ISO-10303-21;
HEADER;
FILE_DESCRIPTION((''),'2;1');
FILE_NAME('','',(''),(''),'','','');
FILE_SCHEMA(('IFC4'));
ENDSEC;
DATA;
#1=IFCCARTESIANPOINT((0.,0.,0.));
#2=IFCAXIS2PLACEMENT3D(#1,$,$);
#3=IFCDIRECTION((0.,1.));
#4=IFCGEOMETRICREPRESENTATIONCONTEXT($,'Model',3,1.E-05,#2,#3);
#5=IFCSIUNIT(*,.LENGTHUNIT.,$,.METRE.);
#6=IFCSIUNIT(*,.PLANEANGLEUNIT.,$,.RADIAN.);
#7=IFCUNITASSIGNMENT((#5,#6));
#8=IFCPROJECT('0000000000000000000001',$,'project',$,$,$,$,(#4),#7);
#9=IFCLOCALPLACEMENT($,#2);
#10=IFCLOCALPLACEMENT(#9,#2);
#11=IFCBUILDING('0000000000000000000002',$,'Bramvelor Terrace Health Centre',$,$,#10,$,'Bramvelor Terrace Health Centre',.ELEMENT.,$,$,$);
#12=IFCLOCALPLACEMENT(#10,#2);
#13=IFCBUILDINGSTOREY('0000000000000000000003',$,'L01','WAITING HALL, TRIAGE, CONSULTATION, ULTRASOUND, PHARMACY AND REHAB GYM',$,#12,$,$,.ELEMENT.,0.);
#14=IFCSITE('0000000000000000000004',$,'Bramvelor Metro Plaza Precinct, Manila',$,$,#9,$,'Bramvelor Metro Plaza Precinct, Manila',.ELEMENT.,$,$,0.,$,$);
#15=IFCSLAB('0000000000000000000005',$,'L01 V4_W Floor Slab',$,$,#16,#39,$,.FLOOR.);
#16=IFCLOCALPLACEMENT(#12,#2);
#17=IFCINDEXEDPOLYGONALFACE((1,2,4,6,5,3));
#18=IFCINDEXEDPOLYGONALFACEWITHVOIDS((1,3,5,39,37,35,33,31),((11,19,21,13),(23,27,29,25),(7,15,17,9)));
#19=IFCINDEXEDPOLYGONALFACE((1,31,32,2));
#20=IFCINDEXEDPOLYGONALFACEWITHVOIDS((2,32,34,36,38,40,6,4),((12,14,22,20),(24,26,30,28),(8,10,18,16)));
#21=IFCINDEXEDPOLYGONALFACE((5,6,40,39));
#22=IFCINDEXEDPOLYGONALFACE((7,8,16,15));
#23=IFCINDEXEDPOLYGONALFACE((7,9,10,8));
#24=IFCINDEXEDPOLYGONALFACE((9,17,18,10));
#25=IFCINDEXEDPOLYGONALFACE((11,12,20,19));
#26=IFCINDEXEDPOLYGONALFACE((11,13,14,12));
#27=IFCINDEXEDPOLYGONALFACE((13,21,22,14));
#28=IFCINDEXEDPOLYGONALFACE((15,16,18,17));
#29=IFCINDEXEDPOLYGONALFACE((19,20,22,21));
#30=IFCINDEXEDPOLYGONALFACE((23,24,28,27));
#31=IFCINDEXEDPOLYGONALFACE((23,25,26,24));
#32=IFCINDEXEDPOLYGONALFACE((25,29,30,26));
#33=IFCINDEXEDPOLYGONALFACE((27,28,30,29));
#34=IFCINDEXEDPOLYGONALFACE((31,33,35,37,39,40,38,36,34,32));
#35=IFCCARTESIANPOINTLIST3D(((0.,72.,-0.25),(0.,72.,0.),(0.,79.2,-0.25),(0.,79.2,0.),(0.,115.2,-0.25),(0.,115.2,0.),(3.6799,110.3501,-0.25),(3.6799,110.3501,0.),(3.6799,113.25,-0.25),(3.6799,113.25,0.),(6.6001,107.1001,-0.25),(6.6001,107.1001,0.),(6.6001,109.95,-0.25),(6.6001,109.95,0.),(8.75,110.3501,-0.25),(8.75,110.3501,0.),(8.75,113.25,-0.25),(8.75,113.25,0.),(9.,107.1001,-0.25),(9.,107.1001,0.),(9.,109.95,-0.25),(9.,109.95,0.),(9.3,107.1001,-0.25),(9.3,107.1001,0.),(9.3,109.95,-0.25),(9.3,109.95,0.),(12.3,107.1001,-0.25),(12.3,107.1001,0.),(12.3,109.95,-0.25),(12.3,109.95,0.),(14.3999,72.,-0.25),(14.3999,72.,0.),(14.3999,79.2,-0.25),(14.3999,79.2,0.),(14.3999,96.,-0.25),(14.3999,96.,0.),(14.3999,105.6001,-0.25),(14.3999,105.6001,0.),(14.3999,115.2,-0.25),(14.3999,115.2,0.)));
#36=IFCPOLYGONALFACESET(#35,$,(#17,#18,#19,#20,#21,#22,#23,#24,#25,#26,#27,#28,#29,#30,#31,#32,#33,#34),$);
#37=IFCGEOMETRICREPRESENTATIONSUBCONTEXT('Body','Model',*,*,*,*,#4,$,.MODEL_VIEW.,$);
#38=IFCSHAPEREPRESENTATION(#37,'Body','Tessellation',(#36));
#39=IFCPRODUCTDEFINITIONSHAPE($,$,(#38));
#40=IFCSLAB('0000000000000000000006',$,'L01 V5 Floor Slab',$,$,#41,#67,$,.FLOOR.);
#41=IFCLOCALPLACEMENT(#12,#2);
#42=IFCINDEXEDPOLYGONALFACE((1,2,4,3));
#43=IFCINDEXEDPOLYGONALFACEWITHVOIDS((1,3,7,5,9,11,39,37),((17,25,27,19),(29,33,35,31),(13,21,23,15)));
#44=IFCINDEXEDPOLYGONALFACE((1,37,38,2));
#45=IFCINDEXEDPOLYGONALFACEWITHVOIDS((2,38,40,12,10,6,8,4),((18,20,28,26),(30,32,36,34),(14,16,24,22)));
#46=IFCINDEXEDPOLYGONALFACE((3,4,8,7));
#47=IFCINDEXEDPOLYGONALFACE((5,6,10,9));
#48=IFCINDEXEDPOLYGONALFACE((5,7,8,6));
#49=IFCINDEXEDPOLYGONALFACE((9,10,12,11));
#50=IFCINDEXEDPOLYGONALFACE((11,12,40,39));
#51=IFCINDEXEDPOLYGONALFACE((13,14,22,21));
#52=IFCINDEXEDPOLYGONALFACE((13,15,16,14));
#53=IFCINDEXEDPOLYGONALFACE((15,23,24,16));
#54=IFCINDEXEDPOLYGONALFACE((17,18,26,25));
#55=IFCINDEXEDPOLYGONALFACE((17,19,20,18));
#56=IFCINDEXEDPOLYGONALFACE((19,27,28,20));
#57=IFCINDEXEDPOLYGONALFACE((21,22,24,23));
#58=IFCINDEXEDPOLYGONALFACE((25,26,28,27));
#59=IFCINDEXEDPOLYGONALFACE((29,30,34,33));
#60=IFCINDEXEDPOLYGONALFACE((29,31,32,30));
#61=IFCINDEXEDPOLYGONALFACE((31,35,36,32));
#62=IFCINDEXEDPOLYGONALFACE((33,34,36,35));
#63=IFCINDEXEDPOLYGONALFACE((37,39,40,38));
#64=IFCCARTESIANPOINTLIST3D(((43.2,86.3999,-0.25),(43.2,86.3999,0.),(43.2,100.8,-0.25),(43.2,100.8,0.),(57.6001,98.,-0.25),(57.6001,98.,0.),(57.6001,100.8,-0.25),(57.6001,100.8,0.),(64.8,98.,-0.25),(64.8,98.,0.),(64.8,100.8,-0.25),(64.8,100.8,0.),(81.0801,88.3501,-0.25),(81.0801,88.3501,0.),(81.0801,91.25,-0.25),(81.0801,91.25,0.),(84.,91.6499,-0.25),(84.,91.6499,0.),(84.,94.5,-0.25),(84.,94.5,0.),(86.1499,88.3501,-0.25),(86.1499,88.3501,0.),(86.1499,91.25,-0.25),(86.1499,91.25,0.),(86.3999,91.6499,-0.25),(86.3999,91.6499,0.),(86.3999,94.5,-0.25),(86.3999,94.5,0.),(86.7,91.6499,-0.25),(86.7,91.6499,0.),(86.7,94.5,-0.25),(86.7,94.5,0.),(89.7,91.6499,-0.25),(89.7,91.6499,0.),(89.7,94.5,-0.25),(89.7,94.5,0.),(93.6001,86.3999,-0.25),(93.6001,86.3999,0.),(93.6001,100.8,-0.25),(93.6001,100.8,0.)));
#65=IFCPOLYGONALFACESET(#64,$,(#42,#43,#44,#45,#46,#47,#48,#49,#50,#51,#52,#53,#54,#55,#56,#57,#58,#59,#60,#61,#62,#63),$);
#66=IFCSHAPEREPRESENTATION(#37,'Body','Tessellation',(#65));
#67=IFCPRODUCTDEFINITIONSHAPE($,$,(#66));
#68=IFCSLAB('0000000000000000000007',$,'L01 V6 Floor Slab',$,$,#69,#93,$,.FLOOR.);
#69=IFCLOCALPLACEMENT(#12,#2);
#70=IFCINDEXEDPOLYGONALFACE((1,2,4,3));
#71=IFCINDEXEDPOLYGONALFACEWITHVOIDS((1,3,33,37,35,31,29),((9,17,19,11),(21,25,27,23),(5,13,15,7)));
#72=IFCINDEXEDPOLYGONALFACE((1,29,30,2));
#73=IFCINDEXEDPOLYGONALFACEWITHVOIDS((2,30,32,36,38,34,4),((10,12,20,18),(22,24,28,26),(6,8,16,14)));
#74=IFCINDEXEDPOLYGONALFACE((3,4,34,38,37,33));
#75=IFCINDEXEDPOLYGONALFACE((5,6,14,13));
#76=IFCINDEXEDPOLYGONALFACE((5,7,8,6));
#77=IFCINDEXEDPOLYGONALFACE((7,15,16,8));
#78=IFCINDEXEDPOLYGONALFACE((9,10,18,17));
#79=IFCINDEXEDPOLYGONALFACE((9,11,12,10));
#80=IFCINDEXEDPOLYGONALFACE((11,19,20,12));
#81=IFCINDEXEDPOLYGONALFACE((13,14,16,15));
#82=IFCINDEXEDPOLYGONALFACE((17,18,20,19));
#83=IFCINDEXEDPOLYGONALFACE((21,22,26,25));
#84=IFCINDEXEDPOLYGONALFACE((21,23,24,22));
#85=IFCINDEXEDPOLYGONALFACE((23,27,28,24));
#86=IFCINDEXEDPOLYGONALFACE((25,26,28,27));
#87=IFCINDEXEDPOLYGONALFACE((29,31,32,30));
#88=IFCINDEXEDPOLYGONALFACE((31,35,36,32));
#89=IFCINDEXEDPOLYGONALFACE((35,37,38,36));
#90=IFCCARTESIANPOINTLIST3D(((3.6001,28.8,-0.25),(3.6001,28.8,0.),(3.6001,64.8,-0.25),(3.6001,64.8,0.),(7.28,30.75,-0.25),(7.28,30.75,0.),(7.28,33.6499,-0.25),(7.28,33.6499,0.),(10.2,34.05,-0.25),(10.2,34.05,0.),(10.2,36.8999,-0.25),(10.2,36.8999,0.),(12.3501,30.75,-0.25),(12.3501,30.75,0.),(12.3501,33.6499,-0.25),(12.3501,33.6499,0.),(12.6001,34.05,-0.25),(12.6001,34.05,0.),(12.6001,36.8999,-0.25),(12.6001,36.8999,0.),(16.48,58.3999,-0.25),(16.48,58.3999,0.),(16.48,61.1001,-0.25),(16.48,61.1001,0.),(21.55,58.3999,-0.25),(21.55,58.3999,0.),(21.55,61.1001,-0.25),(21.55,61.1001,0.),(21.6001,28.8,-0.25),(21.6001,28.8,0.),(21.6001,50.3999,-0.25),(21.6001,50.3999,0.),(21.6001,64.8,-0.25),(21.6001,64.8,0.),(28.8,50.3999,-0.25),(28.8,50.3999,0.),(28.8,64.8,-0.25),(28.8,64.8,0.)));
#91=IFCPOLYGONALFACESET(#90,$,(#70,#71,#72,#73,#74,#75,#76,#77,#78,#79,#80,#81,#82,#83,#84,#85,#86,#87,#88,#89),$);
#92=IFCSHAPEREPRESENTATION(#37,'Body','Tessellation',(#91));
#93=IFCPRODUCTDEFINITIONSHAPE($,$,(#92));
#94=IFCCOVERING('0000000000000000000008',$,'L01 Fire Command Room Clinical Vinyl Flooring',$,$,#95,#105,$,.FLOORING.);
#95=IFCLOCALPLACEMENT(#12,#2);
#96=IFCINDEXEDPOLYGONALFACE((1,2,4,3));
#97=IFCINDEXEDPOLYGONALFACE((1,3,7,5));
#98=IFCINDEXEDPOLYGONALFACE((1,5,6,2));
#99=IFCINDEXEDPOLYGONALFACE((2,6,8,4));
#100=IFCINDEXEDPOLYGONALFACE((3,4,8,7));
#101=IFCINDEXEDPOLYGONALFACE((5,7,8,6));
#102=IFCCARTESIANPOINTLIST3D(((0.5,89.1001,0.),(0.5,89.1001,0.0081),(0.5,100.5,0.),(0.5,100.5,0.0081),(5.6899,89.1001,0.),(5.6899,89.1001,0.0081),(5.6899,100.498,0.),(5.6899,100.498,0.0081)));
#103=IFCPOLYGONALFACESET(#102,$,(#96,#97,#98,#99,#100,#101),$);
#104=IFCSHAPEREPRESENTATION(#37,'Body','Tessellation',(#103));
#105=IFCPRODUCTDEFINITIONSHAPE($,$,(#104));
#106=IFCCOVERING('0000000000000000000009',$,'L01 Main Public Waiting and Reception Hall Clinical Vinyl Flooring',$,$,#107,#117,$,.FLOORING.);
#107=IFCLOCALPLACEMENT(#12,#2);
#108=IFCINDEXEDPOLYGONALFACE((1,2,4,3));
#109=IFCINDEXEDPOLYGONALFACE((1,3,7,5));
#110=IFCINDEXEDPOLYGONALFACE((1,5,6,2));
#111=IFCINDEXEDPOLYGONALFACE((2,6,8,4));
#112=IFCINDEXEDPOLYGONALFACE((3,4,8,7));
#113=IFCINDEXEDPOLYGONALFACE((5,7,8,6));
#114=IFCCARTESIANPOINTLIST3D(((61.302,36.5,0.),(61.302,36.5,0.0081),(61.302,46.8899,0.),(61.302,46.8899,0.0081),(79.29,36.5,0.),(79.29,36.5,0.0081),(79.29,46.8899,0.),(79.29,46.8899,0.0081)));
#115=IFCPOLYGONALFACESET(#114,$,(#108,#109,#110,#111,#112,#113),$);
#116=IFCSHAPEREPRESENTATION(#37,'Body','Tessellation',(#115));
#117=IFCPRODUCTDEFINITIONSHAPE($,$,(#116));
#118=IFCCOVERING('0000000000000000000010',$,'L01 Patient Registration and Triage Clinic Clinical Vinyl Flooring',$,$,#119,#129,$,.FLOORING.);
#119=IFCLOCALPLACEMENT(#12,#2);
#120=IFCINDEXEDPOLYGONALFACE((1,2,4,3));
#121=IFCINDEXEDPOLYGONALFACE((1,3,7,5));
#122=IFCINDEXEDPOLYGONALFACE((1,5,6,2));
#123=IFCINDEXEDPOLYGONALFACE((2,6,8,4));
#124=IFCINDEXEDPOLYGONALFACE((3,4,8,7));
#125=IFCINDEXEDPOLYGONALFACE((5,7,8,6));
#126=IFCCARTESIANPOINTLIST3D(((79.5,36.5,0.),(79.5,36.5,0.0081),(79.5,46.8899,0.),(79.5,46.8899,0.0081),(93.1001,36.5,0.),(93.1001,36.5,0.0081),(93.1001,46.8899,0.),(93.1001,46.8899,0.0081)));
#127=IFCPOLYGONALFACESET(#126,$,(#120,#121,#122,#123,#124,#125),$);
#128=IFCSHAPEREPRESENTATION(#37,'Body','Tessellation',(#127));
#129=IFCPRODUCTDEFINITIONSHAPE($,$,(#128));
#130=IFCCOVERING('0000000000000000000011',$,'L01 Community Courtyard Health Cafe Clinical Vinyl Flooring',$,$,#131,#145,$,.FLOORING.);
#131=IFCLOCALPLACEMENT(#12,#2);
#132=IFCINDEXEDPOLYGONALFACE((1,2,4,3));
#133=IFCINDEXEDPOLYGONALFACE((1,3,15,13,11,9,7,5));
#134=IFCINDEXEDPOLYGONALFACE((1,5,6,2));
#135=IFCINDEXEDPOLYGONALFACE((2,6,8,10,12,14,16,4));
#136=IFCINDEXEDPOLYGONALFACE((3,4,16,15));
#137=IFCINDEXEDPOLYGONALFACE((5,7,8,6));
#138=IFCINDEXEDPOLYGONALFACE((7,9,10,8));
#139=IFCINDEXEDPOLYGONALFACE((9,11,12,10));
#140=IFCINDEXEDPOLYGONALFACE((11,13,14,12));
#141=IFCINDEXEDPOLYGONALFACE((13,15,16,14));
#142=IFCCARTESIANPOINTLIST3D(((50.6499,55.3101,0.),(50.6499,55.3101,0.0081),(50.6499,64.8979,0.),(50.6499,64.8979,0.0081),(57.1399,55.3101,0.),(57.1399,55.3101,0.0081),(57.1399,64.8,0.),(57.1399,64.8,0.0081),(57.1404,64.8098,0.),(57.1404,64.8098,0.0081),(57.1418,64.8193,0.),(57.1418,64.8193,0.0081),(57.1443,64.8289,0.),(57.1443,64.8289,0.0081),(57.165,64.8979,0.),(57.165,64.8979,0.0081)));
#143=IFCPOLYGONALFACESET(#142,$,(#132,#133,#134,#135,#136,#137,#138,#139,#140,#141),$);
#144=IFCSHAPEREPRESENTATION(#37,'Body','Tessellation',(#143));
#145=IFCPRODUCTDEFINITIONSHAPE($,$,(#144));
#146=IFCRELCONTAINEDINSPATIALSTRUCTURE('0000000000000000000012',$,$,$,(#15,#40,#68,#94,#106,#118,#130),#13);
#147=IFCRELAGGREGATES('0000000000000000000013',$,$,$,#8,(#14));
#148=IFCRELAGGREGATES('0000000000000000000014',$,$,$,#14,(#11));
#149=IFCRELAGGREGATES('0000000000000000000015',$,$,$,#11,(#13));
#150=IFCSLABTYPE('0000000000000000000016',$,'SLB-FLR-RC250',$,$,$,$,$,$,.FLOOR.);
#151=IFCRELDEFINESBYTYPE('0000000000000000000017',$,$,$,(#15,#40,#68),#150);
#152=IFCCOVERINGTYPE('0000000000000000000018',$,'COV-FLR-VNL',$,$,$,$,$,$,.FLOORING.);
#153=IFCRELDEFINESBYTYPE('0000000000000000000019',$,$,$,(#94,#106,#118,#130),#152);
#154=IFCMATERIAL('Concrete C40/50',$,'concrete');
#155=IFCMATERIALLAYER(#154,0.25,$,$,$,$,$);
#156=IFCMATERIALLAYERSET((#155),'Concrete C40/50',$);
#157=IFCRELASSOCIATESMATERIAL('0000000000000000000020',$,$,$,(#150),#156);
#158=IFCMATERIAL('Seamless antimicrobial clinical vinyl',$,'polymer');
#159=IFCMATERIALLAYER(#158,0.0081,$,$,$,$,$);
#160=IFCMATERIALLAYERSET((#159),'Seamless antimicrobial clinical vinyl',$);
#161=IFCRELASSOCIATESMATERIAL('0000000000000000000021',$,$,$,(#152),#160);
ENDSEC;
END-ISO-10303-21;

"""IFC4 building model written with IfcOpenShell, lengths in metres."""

from ifc_helpers import new_model, si_unit, direction, frame, origin, place, context, subcontext, project, spatial, polyline, outline, extrude, material, layer, layer_set, type_object, element, save


model = new_model("IFC4")

# Units and contexts
model_context = context("Model", 3, precision=1e-05, world=origin(), true_north=direction((0.0, 1.0)))
body_context = subcontext(model_context, "Body", "Model", "MODEL_VIEW")
ifc_project = project(units=[si_unit("LENGTHUNIT", "METRE"), si_unit("PLANEANGLEUNIT", "RADIAN")], contexts=[model_context])

# Site, building, storey
site_placement = place(None, origin())
site = spatial("IfcSite", under=ifc_project, at=site_placement, Name="Bramvelor Metro Plaza Precinct, Manila", LongName="Bramvelor Metro Plaza Precinct, Manila", CompositionType="ELEMENT", RefElevation=0.0)
building_placement = place(site_placement, origin())
building = spatial("IfcBuilding", under=site, at=building_placement, Name="Bramvelor Terrace Health Centre", LongName="Bramvelor Terrace Health Centre", CompositionType="ELEMENT")
storey_placement = place(building_placement, origin())
storey = spatial("IfcBuildingStorey", under=building, at=storey_placement, Name="L01", Description="WAITING HALL, TRIAGE, CONSULTATION, ULTRASOUND, PHARMACY AND REHAB GYM", CompositionType="ELEMENT", Elevation=0.0)

# Slabs
ifc_material_1 = material(Name="Concrete C40/50", Category="concrete")
ifc_layer_1 = layer(ifc_material_1, 0.25)
ifc_layer_set_1 = layer_set([ifc_layer_1], Name="Concrete C40/50")
slab_type_1 = type_object("IfcSlabType", Name="SLB-FLR-RC250", PredefinedType="FLOOR", material=ifc_layer_set_1)
slab_1_placement = place(storey_placement, frame((0.0, 0.0, -0.25)))
element("IfcSlab", 1, at=slab_1_placement, inside=storey, type_object=slab_type_1, Name="L01 V4_W Floor Slab", PredefinedType="FLOOR", context=body_context, shape_type="SweptSolid", body=[
    extrude(outline(polyline([(0.0, 115.2), (14.3999, 115.2), (14.3999, 105.6001), (14.3999, 96.0), (14.3999, 79.2), (14.3999, 72.0), (0.0, 72.0), (0.0, 79.2), (0.0, 115.2)]), holes=[polyline([(3.6799, 110.3501), (8.75, 110.3501), (8.75, 113.25), (3.6799, 113.25), (3.6799, 110.3501)]), polyline([(6.6001, 109.95), (6.6001, 107.1001), (9.0, 107.1001), (9.0, 109.95), (6.6001, 109.95)]), polyline([(12.3, 109.95), (9.3, 109.95), (9.3, 107.1001), (12.3, 107.1001), (12.3, 109.95)])]), origin(), (0.0, 0.0, 1.0), 0.25),
])
slab_2_placement = place(storey_placement, frame((0.0, 0.0, -0.25)))
element("IfcSlab", 2, at=slab_2_placement, inside=storey, type_object=slab_type_1, Name="L01 V5 Floor Slab", PredefinedType="FLOOR", context=body_context, shape_type="SweptSolid", body=[
    extrude(outline(polyline([(43.2, 100.8), (57.6001, 100.8), (57.6001, 98.0), (64.8, 98.0), (64.8, 100.8), (93.6001, 100.8), (93.6001, 86.3999), (43.2, 86.3999), (43.2, 100.8)]), holes=[polyline([(81.0801, 88.3501), (86.1499, 88.3501), (86.1499, 91.25), (81.0801, 91.25), (81.0801, 88.3501)]), polyline([(84.0, 94.5), (84.0, 91.6499), (86.3999, 91.6499), (86.3999, 94.5), (84.0, 94.5)]), polyline([(89.7, 94.5), (86.7, 94.5), (86.7, 91.6499), (89.7, 91.6499), (89.7, 94.5)])]), origin(), (0.0, 0.0, 1.0), 0.25),
])
slab_3_placement = place(storey_placement, frame((0.0, 0.0, -0.25)))
element("IfcSlab", 3, at=slab_3_placement, inside=storey, type_object=slab_type_1, Name="L01 V6 Floor Slab", PredefinedType="FLOOR", context=body_context, shape_type="SweptSolid", body=[
    extrude(outline(polyline([(21.6001, 64.8), (28.8, 64.8), (28.8, 50.3999), (21.6001, 50.3999), (21.6001, 28.8), (3.6001, 28.8), (3.6001, 64.8), (21.6001, 64.8)]), holes=[polyline([(7.28, 30.75), (12.3501, 30.75), (12.3501, 33.6499), (7.28, 33.6499), (7.28, 30.75)]), polyline([(10.2, 36.8999), (10.2, 34.05), (12.6001, 34.05), (12.6001, 36.8999), (10.2, 36.8999)]), polyline([(21.55, 61.1001), (16.48, 61.1001), (16.48, 58.3999), (21.55, 58.3999), (21.55, 61.1001)])]), origin(), (0.0, 0.0, 1.0), 0.25),
])

# Coverings
ifc_material_2 = material(Name="Seamless antimicrobial clinical vinyl", Category="polymer")
ifc_layer_2 = layer(ifc_material_2, 0.0081)
ifc_layer_set_2 = layer_set([ifc_layer_2], Name="Seamless antimicrobial clinical vinyl")
covering_type_1 = type_object("IfcCoveringType", Name="COV-FLR-VNL", PredefinedType="FLOORING", material=ifc_layer_set_2)
covering_1_placement = place(storey_placement, origin())
element("IfcCovering", 4, at=covering_1_placement, inside=storey, type_object=covering_type_1, Name="L01 Fire Command Room Clinical Vinyl Flooring", PredefinedType="FLOORING", context=body_context, shape_type="SweptSolid", body=[
    extrude(outline(polyline([(0.5, 100.5), (5.6899, 100.498), (5.6899, 89.1001), (0.5, 89.1001), (0.5, 100.5)])), origin(), (0.0, 0.0, 1.0), 0.0081),
])
covering_2_placement = place(storey_placement, origin())
element("IfcCovering", 5, at=covering_2_placement, inside=storey, type_object=covering_type_1, Name="L01 Main Public Waiting and Reception Hall Clinical Vinyl Flooring", PredefinedType="FLOORING", context=body_context, shape_type="SweptSolid", body=[
    extrude(outline(polyline([(79.29, 46.8899), (79.29, 36.5), (61.302, 36.5), (61.302, 46.8899), (79.29, 46.8899)])), origin(), (0.0, 0.0, 1.0), 0.0081),
])
covering_3_placement = place(storey_placement, origin())
element("IfcCovering", 6, at=covering_3_placement, inside=storey, type_object=covering_type_1, Name="L01 Patient Registration and Triage Clinic Clinical Vinyl Flooring", PredefinedType="FLOORING", context=body_context, shape_type="SweptSolid", body=[
    extrude(outline(polyline([(79.5, 46.8899), (93.1001, 46.8899), (93.1001, 36.5), (79.5, 36.5), (79.5, 46.8899)])), origin(), (0.0, 0.0, 1.0), 0.0081),
])
covering_4_placement = place(storey_placement, origin())
element("IfcCovering", 7, at=covering_4_placement, inside=storey, type_object=covering_type_1, Name="L01 Community Courtyard Health Cafe Clinical Vinyl Flooring", PredefinedType="FLOORING", context=body_context, shape_type="SweptSolid", body=[
    extrude(outline(polyline([(50.6499, 64.8979), (57.165, 64.8979), (57.1443, 64.8289), (57.1418, 64.8193), (57.1404, 64.8098), (57.1399, 64.8), (57.1399, 55.3101), (50.6499, 55.3101), (50.6499, 64.8979)])), origin(), (0.0, 0.0, 1.0), 0.0081),
])

save(model, "model.ifc")
